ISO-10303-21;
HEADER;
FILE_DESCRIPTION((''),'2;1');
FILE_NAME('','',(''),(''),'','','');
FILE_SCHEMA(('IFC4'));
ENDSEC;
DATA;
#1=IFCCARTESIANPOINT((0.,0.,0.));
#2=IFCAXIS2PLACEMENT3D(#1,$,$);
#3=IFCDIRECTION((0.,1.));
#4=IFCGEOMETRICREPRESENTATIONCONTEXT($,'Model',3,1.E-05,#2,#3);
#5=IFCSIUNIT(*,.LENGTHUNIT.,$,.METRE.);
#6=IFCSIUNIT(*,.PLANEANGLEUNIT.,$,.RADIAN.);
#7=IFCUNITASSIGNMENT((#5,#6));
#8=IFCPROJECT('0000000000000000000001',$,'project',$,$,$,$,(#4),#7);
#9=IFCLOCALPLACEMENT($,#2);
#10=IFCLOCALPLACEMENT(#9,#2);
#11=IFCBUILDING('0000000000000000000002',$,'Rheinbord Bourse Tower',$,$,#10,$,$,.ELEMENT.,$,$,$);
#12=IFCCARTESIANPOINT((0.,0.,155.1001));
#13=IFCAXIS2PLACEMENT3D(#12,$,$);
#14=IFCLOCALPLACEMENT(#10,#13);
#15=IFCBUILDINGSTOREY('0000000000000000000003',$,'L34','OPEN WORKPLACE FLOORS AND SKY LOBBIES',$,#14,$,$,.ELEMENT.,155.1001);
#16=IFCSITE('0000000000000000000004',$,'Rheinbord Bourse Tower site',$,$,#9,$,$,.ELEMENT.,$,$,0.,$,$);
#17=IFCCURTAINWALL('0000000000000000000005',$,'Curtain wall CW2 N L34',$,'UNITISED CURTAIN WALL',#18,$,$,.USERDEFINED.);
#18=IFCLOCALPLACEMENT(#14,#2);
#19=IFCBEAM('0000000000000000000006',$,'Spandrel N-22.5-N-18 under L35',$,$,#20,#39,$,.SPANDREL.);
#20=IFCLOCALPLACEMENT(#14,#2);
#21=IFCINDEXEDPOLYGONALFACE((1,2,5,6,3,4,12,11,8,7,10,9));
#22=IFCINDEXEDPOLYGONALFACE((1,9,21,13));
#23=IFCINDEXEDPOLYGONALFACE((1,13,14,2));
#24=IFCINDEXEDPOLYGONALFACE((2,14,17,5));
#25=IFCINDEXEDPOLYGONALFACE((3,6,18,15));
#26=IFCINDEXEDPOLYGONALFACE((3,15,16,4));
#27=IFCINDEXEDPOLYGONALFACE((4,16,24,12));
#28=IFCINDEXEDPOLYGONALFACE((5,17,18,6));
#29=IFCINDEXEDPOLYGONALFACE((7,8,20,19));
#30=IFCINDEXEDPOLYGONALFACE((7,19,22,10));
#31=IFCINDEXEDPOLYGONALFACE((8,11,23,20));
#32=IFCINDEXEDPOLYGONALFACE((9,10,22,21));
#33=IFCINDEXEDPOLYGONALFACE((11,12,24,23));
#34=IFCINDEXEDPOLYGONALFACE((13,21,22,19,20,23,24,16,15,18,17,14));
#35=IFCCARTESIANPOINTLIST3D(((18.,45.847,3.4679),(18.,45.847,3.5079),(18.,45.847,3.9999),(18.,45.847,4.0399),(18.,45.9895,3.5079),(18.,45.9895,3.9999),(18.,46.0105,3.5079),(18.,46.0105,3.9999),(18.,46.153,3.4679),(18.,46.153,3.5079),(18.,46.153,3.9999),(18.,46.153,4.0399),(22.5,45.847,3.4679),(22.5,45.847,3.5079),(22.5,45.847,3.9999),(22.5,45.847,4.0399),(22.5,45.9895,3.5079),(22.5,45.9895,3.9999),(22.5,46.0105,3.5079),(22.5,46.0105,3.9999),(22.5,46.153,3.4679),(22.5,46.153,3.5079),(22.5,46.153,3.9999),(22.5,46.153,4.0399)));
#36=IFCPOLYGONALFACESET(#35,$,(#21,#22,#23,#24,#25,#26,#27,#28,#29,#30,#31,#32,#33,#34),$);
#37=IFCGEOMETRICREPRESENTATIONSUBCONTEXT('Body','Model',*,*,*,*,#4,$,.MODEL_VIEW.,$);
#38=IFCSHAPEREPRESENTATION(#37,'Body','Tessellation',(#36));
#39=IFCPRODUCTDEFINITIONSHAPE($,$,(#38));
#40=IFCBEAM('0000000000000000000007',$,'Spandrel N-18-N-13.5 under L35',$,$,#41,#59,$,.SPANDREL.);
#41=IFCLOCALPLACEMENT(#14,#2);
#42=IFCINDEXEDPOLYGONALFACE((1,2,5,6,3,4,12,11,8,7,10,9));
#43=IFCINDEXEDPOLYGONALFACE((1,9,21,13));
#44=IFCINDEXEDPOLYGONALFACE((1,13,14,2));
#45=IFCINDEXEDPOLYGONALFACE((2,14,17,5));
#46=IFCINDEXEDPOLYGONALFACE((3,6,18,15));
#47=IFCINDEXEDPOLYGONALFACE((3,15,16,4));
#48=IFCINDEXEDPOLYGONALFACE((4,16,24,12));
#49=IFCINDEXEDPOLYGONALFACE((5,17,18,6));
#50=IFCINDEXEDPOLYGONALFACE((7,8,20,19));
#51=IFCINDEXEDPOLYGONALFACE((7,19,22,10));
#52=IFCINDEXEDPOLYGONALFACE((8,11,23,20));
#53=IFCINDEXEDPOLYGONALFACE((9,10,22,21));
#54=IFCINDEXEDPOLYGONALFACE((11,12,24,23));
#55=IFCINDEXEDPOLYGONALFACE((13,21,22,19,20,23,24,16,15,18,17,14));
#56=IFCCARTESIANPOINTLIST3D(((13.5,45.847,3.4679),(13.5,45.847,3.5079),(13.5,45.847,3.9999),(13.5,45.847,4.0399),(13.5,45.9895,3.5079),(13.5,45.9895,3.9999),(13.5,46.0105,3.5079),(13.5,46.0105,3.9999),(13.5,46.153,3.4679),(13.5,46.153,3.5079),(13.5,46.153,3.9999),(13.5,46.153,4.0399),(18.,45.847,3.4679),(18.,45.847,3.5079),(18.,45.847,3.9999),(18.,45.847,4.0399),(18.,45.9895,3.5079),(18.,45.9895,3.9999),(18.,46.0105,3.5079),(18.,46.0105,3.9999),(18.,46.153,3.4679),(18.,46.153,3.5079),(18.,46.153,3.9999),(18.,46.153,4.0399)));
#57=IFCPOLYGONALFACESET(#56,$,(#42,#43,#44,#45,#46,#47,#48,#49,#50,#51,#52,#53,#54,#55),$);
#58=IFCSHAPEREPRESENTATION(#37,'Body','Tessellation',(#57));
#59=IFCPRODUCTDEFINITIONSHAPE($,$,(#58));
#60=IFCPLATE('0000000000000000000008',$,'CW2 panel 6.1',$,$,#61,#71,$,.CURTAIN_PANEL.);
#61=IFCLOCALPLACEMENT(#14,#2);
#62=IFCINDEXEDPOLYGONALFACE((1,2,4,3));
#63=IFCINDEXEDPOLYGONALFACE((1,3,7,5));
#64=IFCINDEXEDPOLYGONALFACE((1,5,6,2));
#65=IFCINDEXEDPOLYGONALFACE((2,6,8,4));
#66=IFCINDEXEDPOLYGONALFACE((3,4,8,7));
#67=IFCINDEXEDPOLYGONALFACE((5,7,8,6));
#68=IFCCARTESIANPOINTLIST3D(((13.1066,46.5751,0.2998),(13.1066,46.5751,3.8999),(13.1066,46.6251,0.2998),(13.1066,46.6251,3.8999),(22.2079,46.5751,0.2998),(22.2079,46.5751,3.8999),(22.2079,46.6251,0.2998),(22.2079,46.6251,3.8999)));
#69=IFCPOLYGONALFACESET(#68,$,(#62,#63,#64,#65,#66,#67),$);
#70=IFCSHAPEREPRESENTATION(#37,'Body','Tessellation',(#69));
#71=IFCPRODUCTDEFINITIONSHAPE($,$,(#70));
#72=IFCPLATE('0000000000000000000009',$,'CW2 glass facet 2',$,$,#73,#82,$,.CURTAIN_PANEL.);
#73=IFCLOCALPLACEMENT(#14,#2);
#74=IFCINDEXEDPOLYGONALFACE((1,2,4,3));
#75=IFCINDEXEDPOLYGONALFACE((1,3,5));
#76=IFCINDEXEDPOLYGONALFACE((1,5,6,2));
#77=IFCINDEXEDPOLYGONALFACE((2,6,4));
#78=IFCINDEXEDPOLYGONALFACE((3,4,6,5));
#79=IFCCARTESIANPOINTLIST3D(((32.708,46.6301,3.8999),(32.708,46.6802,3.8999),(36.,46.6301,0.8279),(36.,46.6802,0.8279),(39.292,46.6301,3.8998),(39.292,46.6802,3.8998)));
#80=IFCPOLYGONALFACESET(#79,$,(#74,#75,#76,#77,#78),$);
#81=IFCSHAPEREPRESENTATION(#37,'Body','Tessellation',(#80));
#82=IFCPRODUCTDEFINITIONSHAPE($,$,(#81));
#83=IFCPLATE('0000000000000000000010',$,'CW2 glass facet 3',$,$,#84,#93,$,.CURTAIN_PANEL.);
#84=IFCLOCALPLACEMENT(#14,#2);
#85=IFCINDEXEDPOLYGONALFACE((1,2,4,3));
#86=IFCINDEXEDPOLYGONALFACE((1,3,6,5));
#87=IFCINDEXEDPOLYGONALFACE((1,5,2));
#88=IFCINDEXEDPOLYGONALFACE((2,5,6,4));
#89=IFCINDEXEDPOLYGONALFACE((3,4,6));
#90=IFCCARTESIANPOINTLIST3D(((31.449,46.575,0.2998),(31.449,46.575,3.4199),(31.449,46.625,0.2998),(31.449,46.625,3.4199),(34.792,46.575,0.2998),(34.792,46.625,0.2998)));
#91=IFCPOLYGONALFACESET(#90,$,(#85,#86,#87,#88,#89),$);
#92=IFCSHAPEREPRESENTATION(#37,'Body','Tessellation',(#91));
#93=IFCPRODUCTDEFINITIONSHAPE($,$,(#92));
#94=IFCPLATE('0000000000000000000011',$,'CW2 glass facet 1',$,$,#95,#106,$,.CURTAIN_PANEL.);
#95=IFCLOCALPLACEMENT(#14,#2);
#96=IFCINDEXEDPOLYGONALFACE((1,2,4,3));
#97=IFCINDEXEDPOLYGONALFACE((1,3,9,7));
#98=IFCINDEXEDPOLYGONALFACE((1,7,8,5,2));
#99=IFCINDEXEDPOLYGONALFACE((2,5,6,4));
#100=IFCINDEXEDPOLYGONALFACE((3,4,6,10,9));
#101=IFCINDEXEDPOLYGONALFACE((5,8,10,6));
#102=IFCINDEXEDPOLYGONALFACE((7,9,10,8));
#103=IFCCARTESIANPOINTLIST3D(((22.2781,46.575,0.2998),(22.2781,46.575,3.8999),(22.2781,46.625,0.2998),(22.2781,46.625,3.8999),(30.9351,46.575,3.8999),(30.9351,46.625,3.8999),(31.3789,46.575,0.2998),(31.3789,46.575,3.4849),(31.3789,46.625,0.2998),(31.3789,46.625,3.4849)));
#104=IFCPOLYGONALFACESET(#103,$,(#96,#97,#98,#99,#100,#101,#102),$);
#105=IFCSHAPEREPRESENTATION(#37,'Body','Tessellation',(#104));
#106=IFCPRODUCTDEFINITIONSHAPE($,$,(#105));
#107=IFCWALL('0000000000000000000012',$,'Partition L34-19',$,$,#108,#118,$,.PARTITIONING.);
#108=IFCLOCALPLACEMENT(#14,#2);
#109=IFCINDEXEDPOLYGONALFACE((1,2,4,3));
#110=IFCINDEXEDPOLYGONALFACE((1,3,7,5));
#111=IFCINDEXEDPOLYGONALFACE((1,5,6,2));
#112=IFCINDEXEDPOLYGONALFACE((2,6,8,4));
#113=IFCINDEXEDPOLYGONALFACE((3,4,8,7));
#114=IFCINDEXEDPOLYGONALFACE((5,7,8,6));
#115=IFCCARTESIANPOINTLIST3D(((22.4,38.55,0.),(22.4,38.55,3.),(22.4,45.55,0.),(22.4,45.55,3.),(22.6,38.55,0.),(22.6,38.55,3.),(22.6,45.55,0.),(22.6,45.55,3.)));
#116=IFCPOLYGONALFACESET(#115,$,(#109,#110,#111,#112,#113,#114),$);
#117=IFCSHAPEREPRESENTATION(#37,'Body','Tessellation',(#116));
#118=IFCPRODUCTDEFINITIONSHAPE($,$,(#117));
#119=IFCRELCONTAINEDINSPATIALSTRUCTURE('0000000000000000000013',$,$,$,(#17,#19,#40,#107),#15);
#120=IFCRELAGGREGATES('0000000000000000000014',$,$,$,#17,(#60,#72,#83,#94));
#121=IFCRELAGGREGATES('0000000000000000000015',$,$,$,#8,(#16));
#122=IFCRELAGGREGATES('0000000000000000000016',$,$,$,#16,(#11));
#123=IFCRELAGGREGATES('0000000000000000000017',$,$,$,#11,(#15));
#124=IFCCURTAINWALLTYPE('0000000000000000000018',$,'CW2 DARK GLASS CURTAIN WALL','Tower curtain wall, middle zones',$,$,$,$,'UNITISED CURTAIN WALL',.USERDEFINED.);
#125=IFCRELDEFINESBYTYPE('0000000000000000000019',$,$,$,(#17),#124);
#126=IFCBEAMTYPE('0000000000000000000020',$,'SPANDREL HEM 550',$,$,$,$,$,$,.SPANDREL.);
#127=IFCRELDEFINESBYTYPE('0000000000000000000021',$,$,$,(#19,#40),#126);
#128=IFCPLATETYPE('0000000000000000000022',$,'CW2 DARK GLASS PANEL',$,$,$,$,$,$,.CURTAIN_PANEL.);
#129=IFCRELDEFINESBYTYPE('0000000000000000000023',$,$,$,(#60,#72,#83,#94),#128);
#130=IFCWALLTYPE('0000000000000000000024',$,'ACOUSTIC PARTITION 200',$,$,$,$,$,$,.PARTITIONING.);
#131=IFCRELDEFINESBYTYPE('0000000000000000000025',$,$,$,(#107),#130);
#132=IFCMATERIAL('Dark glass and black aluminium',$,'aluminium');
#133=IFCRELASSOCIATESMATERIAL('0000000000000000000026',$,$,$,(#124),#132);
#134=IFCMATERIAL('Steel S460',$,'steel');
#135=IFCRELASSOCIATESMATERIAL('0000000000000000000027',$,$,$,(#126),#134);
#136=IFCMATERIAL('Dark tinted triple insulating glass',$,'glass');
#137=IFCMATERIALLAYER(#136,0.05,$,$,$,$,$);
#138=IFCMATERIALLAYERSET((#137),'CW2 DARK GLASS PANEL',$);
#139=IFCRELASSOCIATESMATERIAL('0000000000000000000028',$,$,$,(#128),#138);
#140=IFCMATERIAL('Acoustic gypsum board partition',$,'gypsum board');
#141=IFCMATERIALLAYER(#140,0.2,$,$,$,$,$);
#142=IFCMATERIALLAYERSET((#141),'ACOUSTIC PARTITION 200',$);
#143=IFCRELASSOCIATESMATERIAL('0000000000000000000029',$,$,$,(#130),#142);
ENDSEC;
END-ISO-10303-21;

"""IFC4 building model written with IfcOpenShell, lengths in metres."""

from ifc_helpers import new_model, si_unit, direction, frame, frame_2d, origin, origin_2d, place, context, subcontext, project, spatial, polyline, rectangle, i_section, outline, extrude, material, layer, layer_set, material_profile, profile_set, type_object, element, aggregate, save


model = new_model("IFC4")

# Units and contexts
model_context = context("Model", 3, precision=1e-05, world=origin(), true_north=direction((0.0, 1.0)))
body_context = subcontext(model_context, "Body", "Model", "MODEL_VIEW")
ifc_project = project(units=[si_unit("LENGTHUNIT", "METRE"), si_unit("PLANEANGLEUNIT", "RADIAN")], contexts=[model_context])

# Site, building, storey
site_placement = place(None, origin())
site = spatial("IfcSite", under=ifc_project, at=site_placement, Name="Rheinbord Bourse Tower site", CompositionType="ELEMENT", RefElevation=0.0)
building_placement = place(site_placement, origin())
building = spatial("IfcBuilding", under=site, at=building_placement, Name="Rheinbord Bourse Tower", CompositionType="ELEMENT")
storey_placement = place(building_placement, frame((0.0, 0.0, 155.1001)))
storey = spatial("IfcBuildingStorey", under=building, at=storey_placement, Name="L34", Description="OPEN WORKPLACE FLOORS AND SKY LOBBIES", CompositionType="ELEMENT", Elevation=155.1001)

# Curtain wall
ifc_material_1 = material(Name="Dark glass and black aluminium", Category="aluminium")
curtain_wall_type = type_object("IfcCurtainWallType", Name="CW2 DARK GLASS CURTAIN WALL", Description="Tower curtain wall, middle zones", ElementType="UNITISED CURTAIN WALL", PredefinedType="USERDEFINED", material=ifc_material_1)
curtain_wall_placement = place(storey_placement, origin())
curtain_wall = element("IfcCurtainWall", 1, at=curtain_wall_placement, inside=storey, type_object=curtain_wall_type, Name="Curtain wall CW2 N L34", ObjectType="UNITISED CURTAIN WALL", PredefinedType="USERDEFINED")

# Beams
ifc_material_2 = material(Name="Steel S460", Category="steel")
ifc_material_profile_1 = material_profile(ifc_material_2, i_section(OverallWidth=0.3059, OverallDepth=0.572, WebThickness=0.021, FlangeThickness=0.04, at=origin_2d()), Name="HEM 550")
ifc_profile_set_1 = profile_set([ifc_material_profile_1], Name="Steel S460")
beam_type_1 = type_object("IfcBeamType", Name="SPANDREL HEM 550", PredefinedType="SPANDREL", material=ifc_profile_set_1)
for number, where, z_axis, x_axis, name in (
    (2, (22.5, 46.0, 3.7539), (-1.0, 0.0, 0.0), (0.0, -1.0, 0.0), "Spandrel N-22.5-N-18 under L35"),
    (3, (18.0, 46.0, 3.7539), (-1.0, 0.0, 0.0), (0.0, -1.0, 0.0), "Spandrel N-18-N-13.5 under L35"),
):
    element("IfcBeam", number, at=place(storey_placement, frame(where, z_axis=z_axis, x_axis=x_axis)), inside=storey, type_object=beam_type_1, Name=name, PredefinedType="SPANDREL", context=body_context, shape_type="SweptSolid", body=[
        extrude(i_section(OverallWidth=0.3059, OverallDepth=0.572, WebThickness=0.021, FlangeThickness=0.04, at=origin_2d()), origin(), (0.0, 0.0, 1.0), 4.5),
    ])

# Plates
ifc_material_3 = material(Name="Dark tinted triple insulating glass", Category="glass")
ifc_layer_1 = layer(ifc_material_3, 0.05)
ifc_layer_set_1 = layer_set([ifc_layer_1], Name="CW2 DARK GLASS PANEL")
plate_type = type_object("IfcPlateType", Name="CW2 DARK GLASS PANEL", PredefinedType="CURTAIN_PANEL", material=ifc_layer_set_1)
plate_1_placement = place(storey_placement, frame((17.6572, 46.6001, 0.2998), z_axis=(0.0, 0.0, 1.0), x_axis=(-1.0, 0.0, 0.0)))
plate_1 = element("IfcPlate", 4, at=plate_1_placement, type_object=plate_type, Name="CW2 panel 6.1", PredefinedType="CURTAIN_PANEL", context=body_context, shape_type="SweptSolid", body=[
    extrude(rectangle(XDim=9.1013, YDim=0.05, at=origin_2d()), origin(), (0.0, 0.0, 1.0), 3.6001),
])
plate_2_placement = place(storey_placement, frame((32.708, 46.6802, 3.8999), z_axis=(0.0, -1.0, 0.0), x_axis=(0.731111, 0.0, -0.682258)))
plate_2 = element("IfcPlate", 5, at=plate_2_placement, type_object=plate_type, Name="CW2 glass facet 2", PredefinedType="CURTAIN_PANEL", context=body_context, shape_type="SweptSolid", body=[
    extrude(outline(polyline([(0.0, 0.0), (4.5027, 0.0), (4.8137, 4.4919), (0.0, 0.0)])), origin(), (0.0, 0.0, 1.0), 0.05),
])
plate_3_placement = place(storey_placement, frame((31.449, 46.625, 0.2998), z_axis=(0.0, -1.0, 0.0), x_axis=(1.0, 0.0, 0.0)))
plate_3 = element("IfcPlate", 6, at=plate_3_placement, type_object=plate_type, Name="CW2 glass facet 3", PredefinedType="CURTAIN_PANEL", context=body_context, shape_type="SweptSolid", body=[
    extrude(outline(polyline([(0.0, 0.0), (3.343, 0.0), (0.0, 3.1201), (0.0, 0.0)])), origin(), (0.0, 0.0, 1.0), 0.05),
])
plate_4_placement = place(storey_placement, frame((22.2781, 46.625, 3.8999), z_axis=(0.0, -1.0, 0.0), x_axis=(0.0, 0.0, -1.0)))
plate_4 = element("IfcPlate", 7, at=plate_4_placement, type_object=plate_type, Name="CW2 glass facet 1", PredefinedType="CURTAIN_PANEL", context=body_context, shape_type="SweptSolid", body=[
    extrude(outline(polyline([(0.0, 0.0), (3.6001, 0.0), (3.6001, 9.1008), (0.415, 9.1008), (0.0, 8.657), (0.0, 0.0)])), origin(), (0.0, 0.0, 1.0), 0.05),
])
aggregate(curtain_wall, [plate_1, plate_2, plate_3, plate_4])

# Wall
ifc_material_4 = material(Name="Acoustic gypsum board partition", Category="gypsum board")
ifc_layer_2 = layer(ifc_material_4, 0.2)
ifc_layer_set_2 = layer_set([ifc_layer_2], Name="ACOUSTIC PARTITION 200")
wall_type = type_object("IfcWallType", Name="ACOUSTIC PARTITION 200", PredefinedType="PARTITIONING", material=ifc_layer_set_2)
wall_placement = place(storey_placement, frame((22.5, 38.55, 0.0), z_axis=(0.0, 0.0, 1.0), x_axis=(0.0, 1.0, 0.0)))
element("IfcWall", 8, at=wall_placement, inside=storey, type_object=wall_type, Name="Partition L34-19", PredefinedType="PARTITIONING", context=body_context, shape_type="SweptSolid", body=[
    extrude(rectangle(XDim=7.0, YDim=0.2, at=frame_2d((3.5, 0.0))), origin(), (0.0, 0.0, 1.0), 3.0),
])

save(model, "model.ifc")
